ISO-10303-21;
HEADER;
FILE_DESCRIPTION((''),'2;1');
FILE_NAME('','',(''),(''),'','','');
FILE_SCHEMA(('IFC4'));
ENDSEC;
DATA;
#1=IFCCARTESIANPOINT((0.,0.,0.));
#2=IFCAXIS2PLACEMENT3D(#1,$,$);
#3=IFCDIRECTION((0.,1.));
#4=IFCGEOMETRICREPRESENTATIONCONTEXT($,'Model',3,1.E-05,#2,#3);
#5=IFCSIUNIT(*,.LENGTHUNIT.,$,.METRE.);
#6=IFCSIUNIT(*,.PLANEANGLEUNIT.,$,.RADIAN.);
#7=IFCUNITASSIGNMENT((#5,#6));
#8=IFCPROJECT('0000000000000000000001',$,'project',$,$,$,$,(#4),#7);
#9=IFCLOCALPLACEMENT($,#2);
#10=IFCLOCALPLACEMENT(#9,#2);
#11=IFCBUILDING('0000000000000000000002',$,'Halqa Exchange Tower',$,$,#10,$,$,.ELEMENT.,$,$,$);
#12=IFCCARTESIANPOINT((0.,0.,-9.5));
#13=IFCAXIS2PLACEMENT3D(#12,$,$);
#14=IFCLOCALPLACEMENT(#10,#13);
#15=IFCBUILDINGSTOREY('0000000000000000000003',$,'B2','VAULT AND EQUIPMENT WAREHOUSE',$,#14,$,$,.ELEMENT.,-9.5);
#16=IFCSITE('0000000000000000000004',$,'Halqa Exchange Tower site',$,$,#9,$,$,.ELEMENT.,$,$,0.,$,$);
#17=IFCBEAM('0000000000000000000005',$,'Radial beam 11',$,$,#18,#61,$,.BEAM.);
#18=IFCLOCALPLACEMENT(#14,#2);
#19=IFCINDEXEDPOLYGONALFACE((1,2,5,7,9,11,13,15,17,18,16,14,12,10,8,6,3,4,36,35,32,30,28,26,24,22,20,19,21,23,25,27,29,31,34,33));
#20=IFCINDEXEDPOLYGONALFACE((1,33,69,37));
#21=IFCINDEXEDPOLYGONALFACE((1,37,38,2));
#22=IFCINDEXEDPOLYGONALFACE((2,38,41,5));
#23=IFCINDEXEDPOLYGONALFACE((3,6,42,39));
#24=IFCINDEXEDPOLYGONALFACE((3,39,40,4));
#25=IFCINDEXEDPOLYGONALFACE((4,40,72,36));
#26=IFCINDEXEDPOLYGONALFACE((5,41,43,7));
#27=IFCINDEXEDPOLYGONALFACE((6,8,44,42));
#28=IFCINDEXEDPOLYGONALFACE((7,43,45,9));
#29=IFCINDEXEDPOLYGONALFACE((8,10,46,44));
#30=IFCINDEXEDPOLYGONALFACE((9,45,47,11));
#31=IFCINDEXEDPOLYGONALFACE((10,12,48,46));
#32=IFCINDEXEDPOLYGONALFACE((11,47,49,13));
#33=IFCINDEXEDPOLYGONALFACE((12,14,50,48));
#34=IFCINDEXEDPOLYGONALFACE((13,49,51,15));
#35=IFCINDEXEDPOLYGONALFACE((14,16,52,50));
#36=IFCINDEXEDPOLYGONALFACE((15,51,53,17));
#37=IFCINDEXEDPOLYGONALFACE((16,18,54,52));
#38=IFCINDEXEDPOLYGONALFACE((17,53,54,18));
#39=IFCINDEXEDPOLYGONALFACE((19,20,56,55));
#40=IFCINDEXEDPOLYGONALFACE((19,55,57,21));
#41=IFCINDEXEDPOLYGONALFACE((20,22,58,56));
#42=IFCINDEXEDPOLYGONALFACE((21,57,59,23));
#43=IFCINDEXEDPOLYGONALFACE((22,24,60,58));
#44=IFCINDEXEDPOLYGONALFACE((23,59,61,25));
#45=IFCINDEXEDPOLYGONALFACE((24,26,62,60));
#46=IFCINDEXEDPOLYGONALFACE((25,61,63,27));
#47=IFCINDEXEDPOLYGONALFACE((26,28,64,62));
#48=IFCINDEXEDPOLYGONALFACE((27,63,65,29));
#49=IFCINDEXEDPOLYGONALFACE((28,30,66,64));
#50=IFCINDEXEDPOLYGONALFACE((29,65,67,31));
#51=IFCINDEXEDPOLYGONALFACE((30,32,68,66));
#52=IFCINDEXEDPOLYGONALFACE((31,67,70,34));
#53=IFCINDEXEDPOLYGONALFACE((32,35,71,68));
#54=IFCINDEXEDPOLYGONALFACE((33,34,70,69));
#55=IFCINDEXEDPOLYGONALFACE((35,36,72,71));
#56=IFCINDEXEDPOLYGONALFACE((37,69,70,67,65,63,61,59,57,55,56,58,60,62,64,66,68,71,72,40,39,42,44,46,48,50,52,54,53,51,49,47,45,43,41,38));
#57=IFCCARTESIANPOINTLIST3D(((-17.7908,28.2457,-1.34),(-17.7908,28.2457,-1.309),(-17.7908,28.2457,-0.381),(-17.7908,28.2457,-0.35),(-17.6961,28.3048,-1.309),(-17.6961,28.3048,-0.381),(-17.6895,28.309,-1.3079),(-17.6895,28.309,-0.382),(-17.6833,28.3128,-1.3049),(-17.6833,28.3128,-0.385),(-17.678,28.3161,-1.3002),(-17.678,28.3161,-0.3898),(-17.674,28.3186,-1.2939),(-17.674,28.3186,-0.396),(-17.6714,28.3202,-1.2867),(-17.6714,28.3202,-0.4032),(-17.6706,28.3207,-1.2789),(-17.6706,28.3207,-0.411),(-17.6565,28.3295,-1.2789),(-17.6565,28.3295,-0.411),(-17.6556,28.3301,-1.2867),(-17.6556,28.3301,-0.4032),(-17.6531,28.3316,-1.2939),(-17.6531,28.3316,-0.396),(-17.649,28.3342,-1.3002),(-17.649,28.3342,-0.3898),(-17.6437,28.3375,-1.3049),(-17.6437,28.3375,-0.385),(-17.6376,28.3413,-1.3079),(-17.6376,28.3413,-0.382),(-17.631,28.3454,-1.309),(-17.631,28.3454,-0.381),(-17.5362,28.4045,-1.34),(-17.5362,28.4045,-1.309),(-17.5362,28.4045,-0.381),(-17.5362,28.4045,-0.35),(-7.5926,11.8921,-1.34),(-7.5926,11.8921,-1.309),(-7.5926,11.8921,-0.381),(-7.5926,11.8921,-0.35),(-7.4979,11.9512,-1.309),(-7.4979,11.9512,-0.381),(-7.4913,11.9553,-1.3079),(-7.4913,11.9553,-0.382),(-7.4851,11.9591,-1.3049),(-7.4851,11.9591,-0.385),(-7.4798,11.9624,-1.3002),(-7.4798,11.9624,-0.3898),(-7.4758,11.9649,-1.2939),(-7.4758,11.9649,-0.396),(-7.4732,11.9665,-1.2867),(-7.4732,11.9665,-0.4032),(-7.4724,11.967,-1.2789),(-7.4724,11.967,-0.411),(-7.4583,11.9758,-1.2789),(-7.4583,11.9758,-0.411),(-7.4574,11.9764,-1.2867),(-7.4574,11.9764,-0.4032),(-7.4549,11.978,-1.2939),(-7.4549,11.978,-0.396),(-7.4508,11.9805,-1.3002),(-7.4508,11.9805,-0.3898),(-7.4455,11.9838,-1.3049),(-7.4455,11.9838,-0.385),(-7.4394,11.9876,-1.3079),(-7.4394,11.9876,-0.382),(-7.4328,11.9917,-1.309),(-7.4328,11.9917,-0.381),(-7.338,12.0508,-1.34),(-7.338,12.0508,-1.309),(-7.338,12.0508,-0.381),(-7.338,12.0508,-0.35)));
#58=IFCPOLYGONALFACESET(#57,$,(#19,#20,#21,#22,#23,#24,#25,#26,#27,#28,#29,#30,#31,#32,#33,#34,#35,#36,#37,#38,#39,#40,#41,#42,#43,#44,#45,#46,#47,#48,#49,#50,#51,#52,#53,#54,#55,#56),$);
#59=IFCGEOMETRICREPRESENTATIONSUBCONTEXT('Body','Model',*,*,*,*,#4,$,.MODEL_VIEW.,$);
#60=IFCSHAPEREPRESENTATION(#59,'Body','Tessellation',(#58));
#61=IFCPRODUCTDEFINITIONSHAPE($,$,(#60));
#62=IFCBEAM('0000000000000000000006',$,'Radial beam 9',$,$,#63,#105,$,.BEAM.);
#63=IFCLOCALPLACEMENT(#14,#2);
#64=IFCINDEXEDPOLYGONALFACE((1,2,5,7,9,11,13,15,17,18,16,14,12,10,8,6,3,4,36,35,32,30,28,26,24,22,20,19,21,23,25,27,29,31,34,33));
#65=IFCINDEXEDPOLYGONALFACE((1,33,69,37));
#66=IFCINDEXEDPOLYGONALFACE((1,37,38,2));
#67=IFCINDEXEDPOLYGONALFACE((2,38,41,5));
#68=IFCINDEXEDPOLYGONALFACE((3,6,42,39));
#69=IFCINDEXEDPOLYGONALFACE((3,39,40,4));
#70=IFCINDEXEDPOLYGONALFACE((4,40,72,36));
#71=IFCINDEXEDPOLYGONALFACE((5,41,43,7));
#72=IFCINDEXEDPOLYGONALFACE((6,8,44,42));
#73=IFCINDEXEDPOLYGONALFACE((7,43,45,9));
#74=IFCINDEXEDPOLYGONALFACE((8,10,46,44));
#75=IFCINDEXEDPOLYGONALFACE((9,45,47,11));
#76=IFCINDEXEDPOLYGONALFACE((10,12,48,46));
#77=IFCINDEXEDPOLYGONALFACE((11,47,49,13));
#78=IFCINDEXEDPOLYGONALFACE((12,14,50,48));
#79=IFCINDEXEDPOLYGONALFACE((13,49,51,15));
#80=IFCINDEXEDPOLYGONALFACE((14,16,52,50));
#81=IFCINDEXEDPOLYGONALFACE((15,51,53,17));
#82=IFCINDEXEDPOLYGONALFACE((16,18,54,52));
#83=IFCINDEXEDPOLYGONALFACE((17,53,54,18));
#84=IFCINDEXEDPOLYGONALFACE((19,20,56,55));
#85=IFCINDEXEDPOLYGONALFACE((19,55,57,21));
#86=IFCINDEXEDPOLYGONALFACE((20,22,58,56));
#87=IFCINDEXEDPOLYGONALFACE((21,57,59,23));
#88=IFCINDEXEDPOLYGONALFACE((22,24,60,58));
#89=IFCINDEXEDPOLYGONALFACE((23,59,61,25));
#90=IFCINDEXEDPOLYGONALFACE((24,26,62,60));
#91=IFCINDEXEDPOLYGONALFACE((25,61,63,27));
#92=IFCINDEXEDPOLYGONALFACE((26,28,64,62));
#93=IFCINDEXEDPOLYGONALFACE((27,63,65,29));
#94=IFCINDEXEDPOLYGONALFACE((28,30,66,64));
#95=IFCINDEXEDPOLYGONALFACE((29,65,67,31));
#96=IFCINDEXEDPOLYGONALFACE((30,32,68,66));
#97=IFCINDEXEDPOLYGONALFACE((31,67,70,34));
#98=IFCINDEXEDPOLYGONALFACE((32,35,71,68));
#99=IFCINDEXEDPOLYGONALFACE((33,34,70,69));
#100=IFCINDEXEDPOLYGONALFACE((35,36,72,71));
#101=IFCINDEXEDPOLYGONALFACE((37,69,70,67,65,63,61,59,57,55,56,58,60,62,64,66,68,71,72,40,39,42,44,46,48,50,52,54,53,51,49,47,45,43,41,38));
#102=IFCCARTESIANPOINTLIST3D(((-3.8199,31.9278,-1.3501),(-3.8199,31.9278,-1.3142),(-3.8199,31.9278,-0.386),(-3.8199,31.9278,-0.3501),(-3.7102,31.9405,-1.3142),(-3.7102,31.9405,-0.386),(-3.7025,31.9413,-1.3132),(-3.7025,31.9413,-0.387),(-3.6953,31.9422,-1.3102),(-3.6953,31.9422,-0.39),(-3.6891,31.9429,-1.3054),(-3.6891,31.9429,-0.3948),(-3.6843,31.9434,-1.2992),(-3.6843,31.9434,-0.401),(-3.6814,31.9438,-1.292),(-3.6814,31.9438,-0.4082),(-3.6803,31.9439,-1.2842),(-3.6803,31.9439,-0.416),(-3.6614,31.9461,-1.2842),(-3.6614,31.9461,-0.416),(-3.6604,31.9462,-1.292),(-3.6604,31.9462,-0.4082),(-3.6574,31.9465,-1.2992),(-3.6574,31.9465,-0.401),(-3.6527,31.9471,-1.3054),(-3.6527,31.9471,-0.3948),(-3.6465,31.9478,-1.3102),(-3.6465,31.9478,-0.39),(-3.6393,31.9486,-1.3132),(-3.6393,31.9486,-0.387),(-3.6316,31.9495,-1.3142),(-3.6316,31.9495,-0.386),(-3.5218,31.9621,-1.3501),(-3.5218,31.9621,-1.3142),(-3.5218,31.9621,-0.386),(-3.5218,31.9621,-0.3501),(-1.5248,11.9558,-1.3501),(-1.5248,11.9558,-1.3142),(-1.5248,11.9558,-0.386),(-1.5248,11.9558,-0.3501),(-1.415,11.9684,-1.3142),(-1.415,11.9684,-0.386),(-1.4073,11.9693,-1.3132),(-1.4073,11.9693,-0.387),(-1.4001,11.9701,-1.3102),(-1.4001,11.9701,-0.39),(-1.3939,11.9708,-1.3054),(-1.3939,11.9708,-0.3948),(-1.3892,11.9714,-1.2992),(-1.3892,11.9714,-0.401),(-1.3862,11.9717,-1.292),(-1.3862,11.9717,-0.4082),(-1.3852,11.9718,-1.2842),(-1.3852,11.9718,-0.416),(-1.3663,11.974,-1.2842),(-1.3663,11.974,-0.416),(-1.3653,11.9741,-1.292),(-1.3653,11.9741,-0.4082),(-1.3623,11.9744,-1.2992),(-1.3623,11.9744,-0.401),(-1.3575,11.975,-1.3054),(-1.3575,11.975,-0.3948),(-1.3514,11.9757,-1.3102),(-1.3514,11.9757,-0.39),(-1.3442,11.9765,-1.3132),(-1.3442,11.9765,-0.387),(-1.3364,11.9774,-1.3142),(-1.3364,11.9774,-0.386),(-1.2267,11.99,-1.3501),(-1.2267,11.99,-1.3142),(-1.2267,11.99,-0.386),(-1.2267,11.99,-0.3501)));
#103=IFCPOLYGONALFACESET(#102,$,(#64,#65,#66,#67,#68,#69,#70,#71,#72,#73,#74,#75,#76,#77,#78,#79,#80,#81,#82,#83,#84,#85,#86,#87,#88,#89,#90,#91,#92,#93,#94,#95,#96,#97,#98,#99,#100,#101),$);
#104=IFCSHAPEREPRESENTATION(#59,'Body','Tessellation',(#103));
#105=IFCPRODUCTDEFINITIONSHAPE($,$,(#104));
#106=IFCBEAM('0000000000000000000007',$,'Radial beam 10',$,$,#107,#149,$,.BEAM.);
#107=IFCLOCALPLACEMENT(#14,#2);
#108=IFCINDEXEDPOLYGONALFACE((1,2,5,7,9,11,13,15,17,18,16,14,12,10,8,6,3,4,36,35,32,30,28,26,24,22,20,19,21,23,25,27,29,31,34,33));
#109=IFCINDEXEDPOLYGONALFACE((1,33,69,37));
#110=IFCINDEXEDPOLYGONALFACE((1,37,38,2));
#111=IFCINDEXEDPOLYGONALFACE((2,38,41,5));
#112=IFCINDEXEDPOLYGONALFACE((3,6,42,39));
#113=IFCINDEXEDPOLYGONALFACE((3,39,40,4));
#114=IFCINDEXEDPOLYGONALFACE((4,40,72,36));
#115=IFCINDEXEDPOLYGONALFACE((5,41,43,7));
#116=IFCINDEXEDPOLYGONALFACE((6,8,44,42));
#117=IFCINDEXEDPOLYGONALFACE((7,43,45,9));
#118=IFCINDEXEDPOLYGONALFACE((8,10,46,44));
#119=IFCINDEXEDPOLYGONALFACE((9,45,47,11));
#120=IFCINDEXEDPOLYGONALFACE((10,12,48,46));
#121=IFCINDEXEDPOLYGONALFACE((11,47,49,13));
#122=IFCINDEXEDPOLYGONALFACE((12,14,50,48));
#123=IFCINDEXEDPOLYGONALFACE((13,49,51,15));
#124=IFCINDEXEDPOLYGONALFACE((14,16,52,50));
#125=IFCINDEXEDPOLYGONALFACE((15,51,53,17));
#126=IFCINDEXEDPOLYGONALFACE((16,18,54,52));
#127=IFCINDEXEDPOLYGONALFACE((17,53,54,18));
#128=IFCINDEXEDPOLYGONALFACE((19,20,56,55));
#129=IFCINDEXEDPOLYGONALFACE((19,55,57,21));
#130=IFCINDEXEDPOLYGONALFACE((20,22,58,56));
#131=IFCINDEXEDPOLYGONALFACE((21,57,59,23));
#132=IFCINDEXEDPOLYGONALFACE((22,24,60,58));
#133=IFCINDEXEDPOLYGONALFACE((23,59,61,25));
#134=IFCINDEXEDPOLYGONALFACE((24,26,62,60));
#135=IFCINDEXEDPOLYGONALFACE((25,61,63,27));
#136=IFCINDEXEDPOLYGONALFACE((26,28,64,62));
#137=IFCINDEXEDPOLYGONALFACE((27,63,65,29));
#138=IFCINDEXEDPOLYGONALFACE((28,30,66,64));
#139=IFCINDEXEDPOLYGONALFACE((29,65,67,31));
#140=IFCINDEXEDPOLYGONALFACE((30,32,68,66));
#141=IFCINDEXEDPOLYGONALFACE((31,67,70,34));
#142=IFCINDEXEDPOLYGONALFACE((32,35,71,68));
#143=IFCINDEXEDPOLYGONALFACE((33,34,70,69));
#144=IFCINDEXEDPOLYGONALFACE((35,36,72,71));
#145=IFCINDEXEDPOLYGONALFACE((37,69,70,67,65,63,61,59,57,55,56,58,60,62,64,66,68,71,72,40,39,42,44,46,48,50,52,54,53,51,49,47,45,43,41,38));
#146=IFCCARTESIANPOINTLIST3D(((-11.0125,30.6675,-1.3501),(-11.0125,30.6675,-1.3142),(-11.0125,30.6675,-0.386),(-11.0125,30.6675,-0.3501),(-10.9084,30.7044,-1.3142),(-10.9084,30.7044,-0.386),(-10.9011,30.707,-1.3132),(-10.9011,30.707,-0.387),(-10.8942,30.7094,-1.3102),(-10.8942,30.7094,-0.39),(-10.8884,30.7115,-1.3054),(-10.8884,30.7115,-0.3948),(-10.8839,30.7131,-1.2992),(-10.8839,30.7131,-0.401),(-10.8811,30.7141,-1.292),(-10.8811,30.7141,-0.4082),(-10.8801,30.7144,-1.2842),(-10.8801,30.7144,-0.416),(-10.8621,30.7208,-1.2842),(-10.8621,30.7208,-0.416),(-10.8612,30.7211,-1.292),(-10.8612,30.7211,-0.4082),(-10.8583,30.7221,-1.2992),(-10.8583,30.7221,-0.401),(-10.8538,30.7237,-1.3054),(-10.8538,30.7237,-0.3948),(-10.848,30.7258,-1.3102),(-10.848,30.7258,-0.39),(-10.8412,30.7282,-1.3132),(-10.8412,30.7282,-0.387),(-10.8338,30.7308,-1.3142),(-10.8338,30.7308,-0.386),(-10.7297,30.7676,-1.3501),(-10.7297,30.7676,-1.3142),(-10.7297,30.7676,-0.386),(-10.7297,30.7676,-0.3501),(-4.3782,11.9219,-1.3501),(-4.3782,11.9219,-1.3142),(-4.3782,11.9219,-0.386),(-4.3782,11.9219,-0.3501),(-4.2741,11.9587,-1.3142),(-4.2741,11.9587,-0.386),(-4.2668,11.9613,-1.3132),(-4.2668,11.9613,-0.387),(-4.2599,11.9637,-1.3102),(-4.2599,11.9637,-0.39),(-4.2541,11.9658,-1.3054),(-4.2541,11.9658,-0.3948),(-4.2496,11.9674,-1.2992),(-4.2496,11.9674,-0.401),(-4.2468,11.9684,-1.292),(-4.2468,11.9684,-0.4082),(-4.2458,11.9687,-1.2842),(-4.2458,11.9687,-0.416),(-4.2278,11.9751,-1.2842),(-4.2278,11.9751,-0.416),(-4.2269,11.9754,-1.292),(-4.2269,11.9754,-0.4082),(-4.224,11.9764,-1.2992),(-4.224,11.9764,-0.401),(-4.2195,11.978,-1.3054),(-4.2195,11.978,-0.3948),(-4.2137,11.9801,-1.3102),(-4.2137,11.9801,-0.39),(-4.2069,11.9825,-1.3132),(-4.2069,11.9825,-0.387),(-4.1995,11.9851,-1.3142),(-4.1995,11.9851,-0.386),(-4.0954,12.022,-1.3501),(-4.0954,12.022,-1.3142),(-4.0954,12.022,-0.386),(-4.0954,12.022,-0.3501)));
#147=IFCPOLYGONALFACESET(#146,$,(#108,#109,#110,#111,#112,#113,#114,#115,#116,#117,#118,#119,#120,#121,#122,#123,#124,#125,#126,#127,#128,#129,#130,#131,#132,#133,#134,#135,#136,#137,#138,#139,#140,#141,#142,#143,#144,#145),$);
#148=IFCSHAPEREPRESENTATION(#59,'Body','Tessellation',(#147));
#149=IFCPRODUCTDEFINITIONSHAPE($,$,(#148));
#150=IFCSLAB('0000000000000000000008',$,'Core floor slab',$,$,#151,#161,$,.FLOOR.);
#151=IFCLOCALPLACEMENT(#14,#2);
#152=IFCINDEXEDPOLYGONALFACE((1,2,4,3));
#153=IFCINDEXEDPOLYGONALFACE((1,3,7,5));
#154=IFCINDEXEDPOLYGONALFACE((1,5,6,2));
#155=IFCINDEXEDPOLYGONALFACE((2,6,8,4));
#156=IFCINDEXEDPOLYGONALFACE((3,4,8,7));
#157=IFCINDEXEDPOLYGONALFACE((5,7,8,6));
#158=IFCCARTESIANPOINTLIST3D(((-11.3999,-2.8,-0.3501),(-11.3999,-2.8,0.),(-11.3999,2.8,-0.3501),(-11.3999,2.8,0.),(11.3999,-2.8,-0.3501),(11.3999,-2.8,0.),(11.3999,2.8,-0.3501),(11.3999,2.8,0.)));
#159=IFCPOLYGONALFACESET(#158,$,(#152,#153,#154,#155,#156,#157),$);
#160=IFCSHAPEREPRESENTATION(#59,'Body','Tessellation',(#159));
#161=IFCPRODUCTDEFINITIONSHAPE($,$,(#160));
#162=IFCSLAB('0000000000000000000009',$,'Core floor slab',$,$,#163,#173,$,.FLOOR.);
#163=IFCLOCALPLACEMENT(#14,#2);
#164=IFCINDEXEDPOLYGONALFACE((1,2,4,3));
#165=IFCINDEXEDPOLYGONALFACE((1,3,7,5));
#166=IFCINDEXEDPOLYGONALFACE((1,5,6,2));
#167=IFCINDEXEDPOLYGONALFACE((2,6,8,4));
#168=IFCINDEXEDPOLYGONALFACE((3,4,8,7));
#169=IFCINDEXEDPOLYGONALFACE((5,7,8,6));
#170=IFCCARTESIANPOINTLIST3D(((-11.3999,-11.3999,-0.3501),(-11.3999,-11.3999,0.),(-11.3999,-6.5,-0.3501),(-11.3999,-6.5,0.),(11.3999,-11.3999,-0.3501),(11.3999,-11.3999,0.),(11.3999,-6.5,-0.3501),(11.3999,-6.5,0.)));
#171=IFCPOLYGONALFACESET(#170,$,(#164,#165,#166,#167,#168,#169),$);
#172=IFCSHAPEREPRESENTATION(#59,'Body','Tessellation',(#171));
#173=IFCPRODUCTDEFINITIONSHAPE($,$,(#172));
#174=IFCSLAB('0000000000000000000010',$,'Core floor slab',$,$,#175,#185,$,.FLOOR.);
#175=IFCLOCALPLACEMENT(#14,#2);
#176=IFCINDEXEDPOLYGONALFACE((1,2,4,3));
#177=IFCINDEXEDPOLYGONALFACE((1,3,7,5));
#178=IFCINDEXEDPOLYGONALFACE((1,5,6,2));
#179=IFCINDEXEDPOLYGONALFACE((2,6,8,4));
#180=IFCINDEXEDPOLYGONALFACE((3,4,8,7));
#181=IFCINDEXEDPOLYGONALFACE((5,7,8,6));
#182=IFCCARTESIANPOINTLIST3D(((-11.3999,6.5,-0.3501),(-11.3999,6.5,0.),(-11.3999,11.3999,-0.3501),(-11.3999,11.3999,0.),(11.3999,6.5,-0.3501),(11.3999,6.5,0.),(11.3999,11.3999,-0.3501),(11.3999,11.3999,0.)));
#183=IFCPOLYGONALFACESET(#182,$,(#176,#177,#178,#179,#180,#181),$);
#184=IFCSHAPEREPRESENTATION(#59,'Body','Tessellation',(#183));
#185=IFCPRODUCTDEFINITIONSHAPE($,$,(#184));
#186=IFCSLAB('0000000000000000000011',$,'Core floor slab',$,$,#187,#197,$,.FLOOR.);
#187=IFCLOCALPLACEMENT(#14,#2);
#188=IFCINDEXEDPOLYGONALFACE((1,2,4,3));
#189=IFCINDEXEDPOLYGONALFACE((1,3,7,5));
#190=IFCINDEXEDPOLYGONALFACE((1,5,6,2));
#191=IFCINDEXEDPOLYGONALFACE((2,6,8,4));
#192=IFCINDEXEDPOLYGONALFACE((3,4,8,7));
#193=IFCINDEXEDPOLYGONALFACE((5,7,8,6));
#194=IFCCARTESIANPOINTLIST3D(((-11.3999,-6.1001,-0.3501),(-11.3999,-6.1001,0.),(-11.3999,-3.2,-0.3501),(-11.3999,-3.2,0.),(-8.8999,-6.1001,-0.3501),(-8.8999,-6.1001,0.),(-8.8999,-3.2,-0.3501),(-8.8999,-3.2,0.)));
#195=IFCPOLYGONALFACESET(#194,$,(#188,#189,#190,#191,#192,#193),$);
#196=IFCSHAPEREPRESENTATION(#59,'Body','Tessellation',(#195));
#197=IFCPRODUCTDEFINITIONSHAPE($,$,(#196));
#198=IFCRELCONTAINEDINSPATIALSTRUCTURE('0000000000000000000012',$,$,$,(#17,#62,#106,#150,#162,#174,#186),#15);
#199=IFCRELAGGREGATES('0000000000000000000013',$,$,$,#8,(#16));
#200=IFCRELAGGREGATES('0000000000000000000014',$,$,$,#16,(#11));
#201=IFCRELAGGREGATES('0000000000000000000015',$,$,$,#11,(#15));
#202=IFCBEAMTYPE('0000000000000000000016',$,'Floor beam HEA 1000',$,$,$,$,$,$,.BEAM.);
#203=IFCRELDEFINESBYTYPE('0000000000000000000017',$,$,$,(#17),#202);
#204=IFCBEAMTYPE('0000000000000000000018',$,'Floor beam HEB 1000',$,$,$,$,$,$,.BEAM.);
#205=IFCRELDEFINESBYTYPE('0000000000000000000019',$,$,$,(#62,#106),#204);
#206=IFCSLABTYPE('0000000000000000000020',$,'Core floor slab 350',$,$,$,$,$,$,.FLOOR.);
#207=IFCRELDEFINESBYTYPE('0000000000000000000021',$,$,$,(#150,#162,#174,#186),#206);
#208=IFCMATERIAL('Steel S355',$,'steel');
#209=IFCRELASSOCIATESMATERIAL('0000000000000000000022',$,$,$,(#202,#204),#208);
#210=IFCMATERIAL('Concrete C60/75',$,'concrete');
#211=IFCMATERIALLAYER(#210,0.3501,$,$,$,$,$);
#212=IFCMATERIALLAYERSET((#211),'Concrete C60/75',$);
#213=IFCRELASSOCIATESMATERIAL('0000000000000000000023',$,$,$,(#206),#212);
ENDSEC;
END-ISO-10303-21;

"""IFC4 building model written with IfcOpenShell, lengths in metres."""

from ifc_helpers import new_model, si_unit, direction, frame, origin, origin_2d, place, context, subcontext, project, spatial, polyline, i_section, outline, extrude, material, layer, layer_set, material_profile, profile_set, type_object, element, save


model = new_model("IFC4")

# Units and contexts
model_context = context("Model", 3, precision=1e-05, world=origin(), true_north=direction((0.0, 1.0)))
body_context = subcontext(model_context, "Body", "Model", "MODEL_VIEW")
ifc_project = project(units=[si_unit("LENGTHUNIT", "METRE"), si_unit("PLANEANGLEUNIT", "RADIAN")], contexts=[model_context])

# Site, building, storey
site_placement = place(None, origin())
site = spatial("IfcSite", under=ifc_project, at=site_placement, Name="Halqa Exchange Tower site", CompositionType="ELEMENT", RefElevation=0.0)
building_placement = place(site_placement, origin())
building = spatial("IfcBuilding", under=site, at=building_placement, Name="Halqa Exchange Tower", CompositionType="ELEMENT")
storey_placement = place(building_placement, frame((0.0, 0.0, -9.5)))
storey = spatial("IfcBuildingStorey", under=building, at=storey_placement, Name="B2", Description="VAULT AND EQUIPMENT WAREHOUSE", CompositionType="ELEMENT", Elevation=-9.5)

# Beams
ifc_material_1 = material(Name="Steel S355", Category="steel")
ifc_material_profile_1 = material_profile(ifc_material_1, i_section(OverallWidth=0.3, OverallDepth=0.99, WebThickness=0.0166, FlangeThickness=0.031, FilletRadius=0.03, at=origin_2d()), Name="HEA 1000")
ifc_profile_set_1 = profile_set([ifc_material_profile_1], Name="Steel S355")
beam_type_1 = type_object("IfcBeamType", Name="Floor beam HEA 1000", PredefinedType="BEAM", material=ifc_profile_set_1)
beam_1_placement = place(storey_placement, frame((-7.4653, 11.9714, -0.845), z_axis=(-0.529146, 0.848531, 0.0), x_axis=(-0.848531, -0.529146, 0.0)))
element("IfcBeam", 1, at=beam_1_placement, inside=storey, type_object=beam_type_1, Name="Radial beam 11", PredefinedType="BEAM", context=body_context, shape_type="SweptSolid", body=[
    extrude(i_section(OverallWidth=0.3, OverallDepth=0.99, WebThickness=0.0166, FlangeThickness=0.031, FilletRadius=0.03, at=origin_2d()), origin(), (0.0, 0.0, 1.0), 19.2729),
])
ifc_material_profile_2 = material_profile(ifc_material_1, i_section(OverallWidth=0.3, OverallDepth=1.0, WebThickness=0.019, FlangeThickness=0.0359, FilletRadius=0.03, at=origin_2d()), Name="HEB 1000")
ifc_profile_set_2 = profile_set([ifc_material_profile_2], Name="Steel S355")
beam_type_2 = type_object("IfcBeamType", Name="Floor beam HEB 1000", PredefinedType="BEAM", material=ifc_profile_set_2)
beam_2_placement = place(storey_placement, frame((-1.3757, 11.9729, -0.8501), z_axis=(-0.114167, 0.993462, 0.0), x_axis=(-0.993462, -0.114167, 0.0)))
element("IfcBeam", 2, at=beam_2_placement, inside=storey, type_object=beam_type_2, Name="Radial beam 9", PredefinedType="BEAM", context=body_context, shape_type="SweptSolid", body=[
    extrude(i_section(OverallWidth=0.3, OverallDepth=1.0, WebThickness=0.019, FlangeThickness=0.0359, FilletRadius=0.03, at=origin_2d()), origin(), (0.0, 0.0, 1.0), 20.1035),
])
beam_3_placement = place(storey_placement, frame((-4.2368, 11.9719, -0.8501), z_axis=(-0.333633, 0.942703, 0.0), x_axis=(-0.942703, -0.333633, 0.0)))
element("IfcBeam", 3, at=beam_3_placement, inside=storey, type_object=beam_type_2, Name="Radial beam 10", PredefinedType="BEAM", context=body_context, shape_type="SweptSolid", body=[
    extrude(i_section(OverallWidth=0.3, OverallDepth=1.0, WebThickness=0.019, FlangeThickness=0.0359, FilletRadius=0.03, at=origin_2d()), origin(), (0.0, 0.0, 1.0), 19.885),
])

# Slabs
ifc_material_2 = material(Name="Concrete C60/75", Category="concrete")
ifc_layer_1 = layer(ifc_material_2, 0.3501)
ifc_layer_set_1 = layer_set([ifc_layer_1], Name="Concrete C60/75")
slab_type_1 = type_object("IfcSlabType", Name="Core floor slab 350", PredefinedType="FLOOR", material=ifc_layer_set_1)
slab_1_placement = place(storey_placement, frame((0.0, 0.0, -0.3501)))
element("IfcSlab", 4, at=slab_1_placement, inside=storey, type_object=slab_type_1, Name="Core floor slab", PredefinedType="FLOOR", context=body_context, shape_type="SweptSolid", body=[
    extrude(outline(polyline([(11.3999, 2.8), (11.3999, -2.8), (-11.3999, -2.8), (-11.3999, 2.8), (11.3999, 2.8)])), origin(), (0.0, 0.0, 1.0), 0.3501),
])
slab_2_placement = place(storey_placement, frame((0.0, 0.0, -0.3501)))
element("IfcSlab", 5, at=slab_2_placement, inside=storey, type_object=slab_type_1, Name="Core floor slab", PredefinedType="FLOOR", context=body_context, shape_type="SweptSolid", body=[
    extrude(outline(polyline([(-11.3999, -6.5), (11.3999, -6.5), (11.3999, -11.3999), (-11.3999, -11.3999), (-11.3999, -6.5)])), origin(), (0.0, 0.0, 1.0), 0.3501),
])
slab_3_placement = place(storey_placement, frame((0.0, 0.0, -0.3501)))
element("IfcSlab", 6, at=slab_3_placement, inside=storey, type_object=slab_type_1, Name="Core floor slab", PredefinedType="FLOOR", context=body_context, shape_type="SweptSolid", body=[
    extrude(outline(polyline([(11.3999, 11.3999), (11.3999, 6.5), (-11.3999, 6.5), (-11.3999, 11.3999), (11.3999, 11.3999)])), origin(), (0.0, 0.0, 1.0), 0.3501),
])
slab_4_placement = place(storey_placement, frame((0.0, 0.0, -0.3501)))
element("IfcSlab", 7, at=slab_4_placement, inside=storey, type_object=slab_type_1, Name="Core floor slab", PredefinedType="FLOOR", context=body_context, shape_type="SweptSolid", body=[
    extrude(outline(polyline([(-8.8999, -6.1001), (-11.3999, -6.1001), (-11.3999, -3.2), (-8.8999, -3.2), (-8.8999, -6.1001)])), origin(), (0.0, 0.0, 1.0), 0.3501),
])

save(model, "model.ifc")
